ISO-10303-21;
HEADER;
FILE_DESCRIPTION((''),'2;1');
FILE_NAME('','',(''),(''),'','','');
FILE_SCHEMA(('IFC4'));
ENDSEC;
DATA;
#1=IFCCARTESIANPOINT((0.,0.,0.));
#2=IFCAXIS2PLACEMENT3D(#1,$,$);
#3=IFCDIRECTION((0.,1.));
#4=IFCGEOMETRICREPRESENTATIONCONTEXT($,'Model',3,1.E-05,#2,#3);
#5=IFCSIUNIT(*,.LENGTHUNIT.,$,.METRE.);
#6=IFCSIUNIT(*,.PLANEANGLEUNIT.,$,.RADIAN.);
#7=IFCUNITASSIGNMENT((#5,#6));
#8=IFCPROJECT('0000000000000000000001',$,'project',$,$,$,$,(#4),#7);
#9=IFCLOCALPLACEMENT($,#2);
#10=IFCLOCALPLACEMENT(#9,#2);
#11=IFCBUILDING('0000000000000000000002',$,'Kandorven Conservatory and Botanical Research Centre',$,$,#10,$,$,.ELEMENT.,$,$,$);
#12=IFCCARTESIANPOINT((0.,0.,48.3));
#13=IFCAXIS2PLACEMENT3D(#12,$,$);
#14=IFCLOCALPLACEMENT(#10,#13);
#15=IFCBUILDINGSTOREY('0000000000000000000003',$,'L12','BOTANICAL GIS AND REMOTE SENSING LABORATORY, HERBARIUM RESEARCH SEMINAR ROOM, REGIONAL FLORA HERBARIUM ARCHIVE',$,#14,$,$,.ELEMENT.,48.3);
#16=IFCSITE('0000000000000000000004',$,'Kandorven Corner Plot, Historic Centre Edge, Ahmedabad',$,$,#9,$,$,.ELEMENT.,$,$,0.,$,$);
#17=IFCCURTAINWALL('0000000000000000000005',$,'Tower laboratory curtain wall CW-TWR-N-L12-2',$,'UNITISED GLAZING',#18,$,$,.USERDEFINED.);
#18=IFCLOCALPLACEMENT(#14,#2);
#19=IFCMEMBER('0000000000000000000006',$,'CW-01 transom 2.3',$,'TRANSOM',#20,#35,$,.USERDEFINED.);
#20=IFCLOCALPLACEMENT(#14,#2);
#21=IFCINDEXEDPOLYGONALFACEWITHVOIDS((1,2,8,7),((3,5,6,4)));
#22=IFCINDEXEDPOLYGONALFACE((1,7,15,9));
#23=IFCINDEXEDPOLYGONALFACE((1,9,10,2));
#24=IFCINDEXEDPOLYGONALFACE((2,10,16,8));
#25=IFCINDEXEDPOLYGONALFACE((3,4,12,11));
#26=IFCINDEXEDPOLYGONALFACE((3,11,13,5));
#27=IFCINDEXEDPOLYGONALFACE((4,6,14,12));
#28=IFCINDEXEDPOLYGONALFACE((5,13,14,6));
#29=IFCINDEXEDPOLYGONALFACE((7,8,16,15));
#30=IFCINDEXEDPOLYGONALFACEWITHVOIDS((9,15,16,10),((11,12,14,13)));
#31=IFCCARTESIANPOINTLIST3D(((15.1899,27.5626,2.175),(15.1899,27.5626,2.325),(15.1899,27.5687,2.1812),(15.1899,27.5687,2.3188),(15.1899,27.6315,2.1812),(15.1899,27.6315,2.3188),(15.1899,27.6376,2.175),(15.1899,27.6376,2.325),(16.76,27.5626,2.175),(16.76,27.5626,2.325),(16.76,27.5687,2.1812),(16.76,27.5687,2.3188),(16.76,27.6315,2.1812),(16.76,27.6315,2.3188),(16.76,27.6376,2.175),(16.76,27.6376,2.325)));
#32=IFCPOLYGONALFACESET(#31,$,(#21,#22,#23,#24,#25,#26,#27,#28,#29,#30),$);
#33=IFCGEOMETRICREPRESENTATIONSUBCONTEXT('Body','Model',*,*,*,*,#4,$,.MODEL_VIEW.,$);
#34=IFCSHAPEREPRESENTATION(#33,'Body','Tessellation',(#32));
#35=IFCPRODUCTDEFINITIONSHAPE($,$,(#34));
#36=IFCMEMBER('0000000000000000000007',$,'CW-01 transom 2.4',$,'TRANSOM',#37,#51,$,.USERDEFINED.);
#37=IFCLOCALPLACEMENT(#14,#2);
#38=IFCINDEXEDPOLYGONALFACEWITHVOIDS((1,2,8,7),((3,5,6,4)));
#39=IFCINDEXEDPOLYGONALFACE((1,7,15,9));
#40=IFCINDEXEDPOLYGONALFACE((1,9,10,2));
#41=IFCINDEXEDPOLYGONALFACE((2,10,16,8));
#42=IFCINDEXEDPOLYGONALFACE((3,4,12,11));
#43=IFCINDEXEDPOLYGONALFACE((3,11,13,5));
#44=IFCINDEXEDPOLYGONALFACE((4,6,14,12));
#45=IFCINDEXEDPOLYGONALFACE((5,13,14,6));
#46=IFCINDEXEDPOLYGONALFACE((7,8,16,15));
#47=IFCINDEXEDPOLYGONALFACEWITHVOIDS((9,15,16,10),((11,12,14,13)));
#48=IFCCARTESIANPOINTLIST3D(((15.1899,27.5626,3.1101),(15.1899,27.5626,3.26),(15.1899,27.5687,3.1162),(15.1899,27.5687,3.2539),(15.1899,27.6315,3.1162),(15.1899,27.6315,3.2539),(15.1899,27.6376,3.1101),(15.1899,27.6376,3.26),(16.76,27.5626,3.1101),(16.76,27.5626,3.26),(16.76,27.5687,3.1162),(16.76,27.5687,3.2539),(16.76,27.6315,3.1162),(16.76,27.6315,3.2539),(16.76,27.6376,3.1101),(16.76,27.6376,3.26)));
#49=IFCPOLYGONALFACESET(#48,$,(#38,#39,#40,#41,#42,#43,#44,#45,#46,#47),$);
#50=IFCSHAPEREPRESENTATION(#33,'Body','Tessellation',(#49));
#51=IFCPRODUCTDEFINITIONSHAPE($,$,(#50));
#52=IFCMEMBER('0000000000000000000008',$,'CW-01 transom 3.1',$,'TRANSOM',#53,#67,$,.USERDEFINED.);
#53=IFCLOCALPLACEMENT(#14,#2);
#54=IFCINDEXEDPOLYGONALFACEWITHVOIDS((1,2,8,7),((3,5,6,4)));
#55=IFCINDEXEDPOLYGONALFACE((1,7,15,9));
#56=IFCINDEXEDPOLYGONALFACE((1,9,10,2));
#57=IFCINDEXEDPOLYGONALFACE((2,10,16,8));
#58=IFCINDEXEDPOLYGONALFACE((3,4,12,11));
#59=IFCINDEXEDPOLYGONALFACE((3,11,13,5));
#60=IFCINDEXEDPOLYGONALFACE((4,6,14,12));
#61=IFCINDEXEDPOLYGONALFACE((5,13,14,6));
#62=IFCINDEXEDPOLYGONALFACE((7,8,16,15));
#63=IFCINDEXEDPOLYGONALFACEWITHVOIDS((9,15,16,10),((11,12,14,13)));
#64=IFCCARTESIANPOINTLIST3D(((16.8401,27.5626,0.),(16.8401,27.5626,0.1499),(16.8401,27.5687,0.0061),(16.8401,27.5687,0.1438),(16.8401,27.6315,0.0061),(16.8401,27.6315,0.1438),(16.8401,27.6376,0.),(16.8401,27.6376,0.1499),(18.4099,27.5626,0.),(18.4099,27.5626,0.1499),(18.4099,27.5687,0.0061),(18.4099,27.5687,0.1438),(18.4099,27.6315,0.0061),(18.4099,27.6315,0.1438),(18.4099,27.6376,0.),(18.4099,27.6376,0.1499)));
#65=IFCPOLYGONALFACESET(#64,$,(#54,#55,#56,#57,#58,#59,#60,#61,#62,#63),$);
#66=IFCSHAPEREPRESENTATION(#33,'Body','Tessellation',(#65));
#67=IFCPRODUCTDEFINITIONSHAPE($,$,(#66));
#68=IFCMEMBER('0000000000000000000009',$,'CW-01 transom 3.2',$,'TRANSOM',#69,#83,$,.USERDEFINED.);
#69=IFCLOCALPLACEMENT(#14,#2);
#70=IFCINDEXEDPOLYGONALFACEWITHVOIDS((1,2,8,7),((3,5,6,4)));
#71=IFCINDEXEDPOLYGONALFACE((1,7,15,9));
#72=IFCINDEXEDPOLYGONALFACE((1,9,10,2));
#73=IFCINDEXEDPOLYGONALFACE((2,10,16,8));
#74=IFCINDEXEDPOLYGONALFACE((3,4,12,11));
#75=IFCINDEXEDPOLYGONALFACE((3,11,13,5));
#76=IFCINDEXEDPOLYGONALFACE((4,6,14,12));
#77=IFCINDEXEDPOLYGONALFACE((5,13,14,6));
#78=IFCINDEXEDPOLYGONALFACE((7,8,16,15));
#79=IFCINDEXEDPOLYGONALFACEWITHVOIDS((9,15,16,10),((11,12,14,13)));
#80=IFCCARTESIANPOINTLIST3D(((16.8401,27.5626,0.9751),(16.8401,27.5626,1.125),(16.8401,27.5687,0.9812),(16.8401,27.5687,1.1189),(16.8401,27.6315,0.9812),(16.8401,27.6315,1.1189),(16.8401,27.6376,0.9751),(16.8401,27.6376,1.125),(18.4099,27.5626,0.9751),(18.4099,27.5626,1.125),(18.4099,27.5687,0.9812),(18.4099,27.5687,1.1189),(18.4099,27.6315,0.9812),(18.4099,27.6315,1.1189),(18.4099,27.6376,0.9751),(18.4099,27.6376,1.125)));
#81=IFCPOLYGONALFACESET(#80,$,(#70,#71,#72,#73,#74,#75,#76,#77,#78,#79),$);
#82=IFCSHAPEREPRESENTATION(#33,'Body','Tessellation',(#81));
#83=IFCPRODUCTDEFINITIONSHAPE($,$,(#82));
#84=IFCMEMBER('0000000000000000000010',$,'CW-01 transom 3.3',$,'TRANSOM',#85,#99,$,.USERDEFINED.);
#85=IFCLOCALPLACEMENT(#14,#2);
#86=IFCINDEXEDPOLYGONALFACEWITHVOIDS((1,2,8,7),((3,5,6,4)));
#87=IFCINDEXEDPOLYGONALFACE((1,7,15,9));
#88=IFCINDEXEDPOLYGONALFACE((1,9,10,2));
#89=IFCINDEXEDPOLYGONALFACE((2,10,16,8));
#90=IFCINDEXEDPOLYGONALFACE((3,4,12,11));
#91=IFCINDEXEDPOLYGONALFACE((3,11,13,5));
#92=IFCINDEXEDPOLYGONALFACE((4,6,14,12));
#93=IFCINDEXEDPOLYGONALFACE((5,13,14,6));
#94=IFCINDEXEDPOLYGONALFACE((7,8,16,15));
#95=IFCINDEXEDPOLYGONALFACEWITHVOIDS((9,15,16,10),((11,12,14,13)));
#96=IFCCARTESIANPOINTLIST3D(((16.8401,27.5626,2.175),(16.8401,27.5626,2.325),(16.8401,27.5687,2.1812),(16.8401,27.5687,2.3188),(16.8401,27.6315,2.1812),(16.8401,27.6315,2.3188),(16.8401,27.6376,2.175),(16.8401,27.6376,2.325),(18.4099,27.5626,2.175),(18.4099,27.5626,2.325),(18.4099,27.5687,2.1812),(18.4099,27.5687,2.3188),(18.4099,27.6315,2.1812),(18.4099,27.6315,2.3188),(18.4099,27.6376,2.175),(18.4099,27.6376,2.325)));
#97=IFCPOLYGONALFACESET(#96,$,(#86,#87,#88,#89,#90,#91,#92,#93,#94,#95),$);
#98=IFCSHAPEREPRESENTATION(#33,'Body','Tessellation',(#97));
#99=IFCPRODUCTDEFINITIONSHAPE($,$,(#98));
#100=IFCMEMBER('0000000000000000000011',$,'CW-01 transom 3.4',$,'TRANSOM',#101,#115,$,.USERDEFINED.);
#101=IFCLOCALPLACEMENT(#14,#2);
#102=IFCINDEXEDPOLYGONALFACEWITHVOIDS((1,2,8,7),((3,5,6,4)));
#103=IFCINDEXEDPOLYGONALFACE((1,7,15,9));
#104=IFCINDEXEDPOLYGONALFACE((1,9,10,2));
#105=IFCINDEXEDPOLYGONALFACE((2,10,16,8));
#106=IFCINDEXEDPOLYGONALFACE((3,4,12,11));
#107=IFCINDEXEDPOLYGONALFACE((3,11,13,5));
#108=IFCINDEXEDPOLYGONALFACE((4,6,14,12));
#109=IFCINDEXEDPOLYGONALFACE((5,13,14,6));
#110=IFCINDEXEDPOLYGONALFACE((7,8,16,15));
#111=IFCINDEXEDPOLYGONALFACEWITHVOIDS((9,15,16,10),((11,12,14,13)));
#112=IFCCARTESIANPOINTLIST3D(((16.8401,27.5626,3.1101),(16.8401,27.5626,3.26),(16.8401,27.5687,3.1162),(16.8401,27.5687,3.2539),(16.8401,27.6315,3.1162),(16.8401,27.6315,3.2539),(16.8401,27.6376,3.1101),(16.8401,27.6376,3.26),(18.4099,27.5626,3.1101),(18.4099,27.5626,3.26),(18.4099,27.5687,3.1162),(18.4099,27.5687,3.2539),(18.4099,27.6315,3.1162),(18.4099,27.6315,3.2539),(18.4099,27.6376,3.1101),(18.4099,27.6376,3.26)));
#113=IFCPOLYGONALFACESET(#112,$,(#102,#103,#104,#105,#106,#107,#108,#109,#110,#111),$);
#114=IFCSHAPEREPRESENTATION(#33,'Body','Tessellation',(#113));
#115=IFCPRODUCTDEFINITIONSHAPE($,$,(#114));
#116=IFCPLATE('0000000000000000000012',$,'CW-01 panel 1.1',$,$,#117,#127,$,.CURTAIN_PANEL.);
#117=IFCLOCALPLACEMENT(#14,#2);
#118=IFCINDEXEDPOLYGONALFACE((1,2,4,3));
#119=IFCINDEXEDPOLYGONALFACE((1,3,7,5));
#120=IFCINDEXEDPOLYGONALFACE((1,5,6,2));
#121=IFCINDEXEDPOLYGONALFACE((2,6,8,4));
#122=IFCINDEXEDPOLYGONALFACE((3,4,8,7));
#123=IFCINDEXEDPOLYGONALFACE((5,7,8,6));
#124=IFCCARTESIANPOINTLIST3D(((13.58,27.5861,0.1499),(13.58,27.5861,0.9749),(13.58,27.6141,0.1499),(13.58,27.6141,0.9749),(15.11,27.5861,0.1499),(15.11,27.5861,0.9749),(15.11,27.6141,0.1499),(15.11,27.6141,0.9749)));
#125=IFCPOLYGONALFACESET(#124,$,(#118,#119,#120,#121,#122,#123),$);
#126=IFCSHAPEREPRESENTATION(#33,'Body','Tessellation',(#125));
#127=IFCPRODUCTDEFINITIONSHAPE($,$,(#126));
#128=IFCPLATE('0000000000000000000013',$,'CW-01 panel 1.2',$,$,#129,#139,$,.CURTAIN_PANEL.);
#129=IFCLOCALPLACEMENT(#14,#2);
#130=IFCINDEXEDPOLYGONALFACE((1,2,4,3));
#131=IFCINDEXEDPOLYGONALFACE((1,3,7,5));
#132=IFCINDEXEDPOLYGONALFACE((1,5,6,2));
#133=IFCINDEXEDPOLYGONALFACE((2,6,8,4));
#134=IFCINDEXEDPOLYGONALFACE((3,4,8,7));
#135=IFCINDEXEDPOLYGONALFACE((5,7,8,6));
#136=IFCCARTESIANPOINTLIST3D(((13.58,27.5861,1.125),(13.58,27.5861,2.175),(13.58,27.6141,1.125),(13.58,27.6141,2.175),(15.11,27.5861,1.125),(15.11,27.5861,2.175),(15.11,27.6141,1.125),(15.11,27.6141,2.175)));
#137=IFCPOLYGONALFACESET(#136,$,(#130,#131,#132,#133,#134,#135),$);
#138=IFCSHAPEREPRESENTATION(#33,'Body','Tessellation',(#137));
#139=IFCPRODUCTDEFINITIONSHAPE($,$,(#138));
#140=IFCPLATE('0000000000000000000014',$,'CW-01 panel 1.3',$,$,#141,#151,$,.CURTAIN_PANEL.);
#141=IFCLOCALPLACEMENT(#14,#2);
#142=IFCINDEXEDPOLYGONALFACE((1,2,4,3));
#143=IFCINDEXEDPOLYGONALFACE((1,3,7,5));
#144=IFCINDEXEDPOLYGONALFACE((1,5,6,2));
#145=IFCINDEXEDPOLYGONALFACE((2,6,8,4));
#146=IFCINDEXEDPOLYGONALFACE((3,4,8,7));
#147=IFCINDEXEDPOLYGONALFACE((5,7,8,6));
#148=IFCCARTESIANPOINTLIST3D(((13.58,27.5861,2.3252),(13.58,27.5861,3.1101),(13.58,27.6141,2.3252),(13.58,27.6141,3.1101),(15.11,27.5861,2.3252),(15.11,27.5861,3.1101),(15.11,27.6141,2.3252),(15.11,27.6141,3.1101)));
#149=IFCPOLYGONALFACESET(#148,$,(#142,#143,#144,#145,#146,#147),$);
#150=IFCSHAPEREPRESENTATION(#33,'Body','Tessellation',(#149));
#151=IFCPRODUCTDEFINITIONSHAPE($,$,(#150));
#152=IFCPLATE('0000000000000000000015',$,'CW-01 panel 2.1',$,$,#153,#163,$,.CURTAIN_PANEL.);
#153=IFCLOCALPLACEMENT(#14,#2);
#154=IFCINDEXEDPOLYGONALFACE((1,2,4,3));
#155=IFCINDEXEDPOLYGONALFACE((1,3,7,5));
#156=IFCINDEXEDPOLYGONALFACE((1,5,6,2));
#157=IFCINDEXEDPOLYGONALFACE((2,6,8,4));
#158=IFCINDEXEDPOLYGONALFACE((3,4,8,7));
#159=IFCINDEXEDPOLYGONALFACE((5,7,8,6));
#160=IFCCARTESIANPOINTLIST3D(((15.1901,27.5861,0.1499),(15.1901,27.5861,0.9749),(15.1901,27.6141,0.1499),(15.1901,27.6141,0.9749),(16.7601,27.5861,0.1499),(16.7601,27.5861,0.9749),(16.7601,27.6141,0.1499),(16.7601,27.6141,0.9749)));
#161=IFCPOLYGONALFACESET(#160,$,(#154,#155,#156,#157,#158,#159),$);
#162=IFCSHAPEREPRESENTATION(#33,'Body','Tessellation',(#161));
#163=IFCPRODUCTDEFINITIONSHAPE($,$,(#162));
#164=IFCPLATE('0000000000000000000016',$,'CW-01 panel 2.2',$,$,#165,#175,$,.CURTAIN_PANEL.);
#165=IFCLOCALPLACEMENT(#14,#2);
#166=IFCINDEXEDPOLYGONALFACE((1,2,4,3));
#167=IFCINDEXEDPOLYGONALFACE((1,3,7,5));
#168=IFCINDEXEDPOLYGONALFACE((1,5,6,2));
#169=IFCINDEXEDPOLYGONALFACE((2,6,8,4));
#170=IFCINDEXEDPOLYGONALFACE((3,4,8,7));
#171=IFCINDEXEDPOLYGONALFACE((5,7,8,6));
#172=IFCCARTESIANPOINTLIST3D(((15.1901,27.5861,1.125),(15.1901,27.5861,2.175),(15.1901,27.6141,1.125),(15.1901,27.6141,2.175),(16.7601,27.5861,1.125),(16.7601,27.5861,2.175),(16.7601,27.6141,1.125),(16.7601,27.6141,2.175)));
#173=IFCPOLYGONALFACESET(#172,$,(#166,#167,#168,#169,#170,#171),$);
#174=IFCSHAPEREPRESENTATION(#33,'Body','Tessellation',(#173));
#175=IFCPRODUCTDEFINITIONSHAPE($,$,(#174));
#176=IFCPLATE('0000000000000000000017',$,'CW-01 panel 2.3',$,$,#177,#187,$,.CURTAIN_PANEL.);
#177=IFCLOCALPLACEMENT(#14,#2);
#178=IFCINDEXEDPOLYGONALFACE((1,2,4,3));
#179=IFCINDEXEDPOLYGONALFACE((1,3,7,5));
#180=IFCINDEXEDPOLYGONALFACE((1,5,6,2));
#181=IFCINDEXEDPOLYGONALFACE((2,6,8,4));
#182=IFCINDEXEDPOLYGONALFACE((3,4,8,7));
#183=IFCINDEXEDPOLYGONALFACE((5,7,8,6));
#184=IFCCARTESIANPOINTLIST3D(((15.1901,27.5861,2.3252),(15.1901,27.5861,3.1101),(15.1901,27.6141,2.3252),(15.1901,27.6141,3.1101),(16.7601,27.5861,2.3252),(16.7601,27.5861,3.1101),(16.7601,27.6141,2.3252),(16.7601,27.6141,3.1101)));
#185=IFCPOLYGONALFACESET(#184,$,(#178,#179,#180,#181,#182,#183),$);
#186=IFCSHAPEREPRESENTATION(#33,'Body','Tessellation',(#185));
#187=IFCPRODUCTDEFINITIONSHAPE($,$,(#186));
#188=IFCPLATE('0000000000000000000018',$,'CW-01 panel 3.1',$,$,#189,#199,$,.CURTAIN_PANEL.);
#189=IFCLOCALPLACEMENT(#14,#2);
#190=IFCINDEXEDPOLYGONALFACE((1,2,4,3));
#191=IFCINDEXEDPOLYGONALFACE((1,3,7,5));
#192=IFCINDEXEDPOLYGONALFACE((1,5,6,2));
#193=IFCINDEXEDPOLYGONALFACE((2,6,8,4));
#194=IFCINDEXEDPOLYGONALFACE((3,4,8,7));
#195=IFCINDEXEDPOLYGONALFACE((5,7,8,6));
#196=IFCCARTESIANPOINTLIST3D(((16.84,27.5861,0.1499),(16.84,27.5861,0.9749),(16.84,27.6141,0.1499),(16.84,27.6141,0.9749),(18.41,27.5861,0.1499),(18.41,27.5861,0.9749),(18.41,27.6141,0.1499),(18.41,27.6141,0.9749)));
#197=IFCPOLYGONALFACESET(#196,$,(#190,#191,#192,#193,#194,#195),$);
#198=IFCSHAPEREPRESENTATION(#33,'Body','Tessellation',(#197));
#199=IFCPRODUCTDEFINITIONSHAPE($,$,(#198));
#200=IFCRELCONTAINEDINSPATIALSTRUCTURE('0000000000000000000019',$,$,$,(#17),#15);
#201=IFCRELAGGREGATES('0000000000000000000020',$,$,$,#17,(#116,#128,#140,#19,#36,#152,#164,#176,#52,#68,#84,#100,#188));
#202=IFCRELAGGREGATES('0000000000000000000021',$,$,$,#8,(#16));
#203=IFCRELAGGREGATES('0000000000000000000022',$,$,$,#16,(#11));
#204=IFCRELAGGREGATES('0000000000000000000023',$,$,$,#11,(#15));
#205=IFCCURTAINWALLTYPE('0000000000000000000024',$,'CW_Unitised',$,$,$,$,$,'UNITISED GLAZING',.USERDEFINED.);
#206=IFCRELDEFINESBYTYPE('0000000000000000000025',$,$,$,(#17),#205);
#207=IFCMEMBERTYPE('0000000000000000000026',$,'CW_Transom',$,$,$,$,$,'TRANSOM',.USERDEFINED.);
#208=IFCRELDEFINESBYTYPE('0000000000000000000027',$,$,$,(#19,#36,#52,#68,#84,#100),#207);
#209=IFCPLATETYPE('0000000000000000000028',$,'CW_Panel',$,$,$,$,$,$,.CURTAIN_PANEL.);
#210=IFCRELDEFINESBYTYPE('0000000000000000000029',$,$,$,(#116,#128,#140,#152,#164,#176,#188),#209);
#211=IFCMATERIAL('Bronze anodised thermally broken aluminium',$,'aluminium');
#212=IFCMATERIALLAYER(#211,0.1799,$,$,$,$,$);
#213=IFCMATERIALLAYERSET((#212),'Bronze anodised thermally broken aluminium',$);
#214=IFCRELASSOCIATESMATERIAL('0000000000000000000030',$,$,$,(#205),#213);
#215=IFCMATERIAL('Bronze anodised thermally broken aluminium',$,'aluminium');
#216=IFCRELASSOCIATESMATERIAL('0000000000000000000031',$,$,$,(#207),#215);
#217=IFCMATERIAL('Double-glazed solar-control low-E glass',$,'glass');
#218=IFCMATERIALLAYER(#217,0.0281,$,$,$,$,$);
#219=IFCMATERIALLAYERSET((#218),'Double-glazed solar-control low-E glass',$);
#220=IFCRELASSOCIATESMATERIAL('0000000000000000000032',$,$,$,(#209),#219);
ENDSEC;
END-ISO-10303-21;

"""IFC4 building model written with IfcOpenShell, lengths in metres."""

from ifc_helpers import new_model, si_unit, direction, frame, origin, origin_2d, place, context, subcontext, project, spatial, rectangle, hollow_rectangle, extrude, material, layer, layer_set, material_profile, profile_set, type_object, element, aggregate, save


model = new_model("IFC4")

# Units and contexts
model_context = context("Model", 3, precision=1e-05, world=origin(), true_north=direction((0.0, 1.0)))
body_context = subcontext(model_context, "Body", "Model", "MODEL_VIEW")
ifc_project = project(units=[si_unit("LENGTHUNIT", "METRE"), si_unit("PLANEANGLEUNIT", "RADIAN")], contexts=[model_context])

# Site, building, storey
site_placement = place(None, origin())
site = spatial("IfcSite", under=ifc_project, at=site_placement, Name="Kandorven Corner Plot, Historic Centre Edge, Ahmedabad", CompositionType="ELEMENT", RefElevation=0.0)
building_placement = place(site_placement, origin())
building = spatial("IfcBuilding", under=site, at=building_placement, Name="Kandorven Conservatory and Botanical Research Centre", CompositionType="ELEMENT")
storey_placement = place(building_placement, frame((0.0, 0.0, 48.3)))
storey = spatial("IfcBuildingStorey", under=building, at=storey_placement, Name="L12", Description="BOTANICAL GIS AND REMOTE SENSING LABORATORY, HERBARIUM RESEARCH SEMINAR ROOM, REGIONAL FLORA HERBARIUM ARCHIVE", CompositionType="ELEMENT", Elevation=48.3)

# Curtain wall, members, plates
ifc_material_1 = material(Name="Bronze anodised thermally broken aluminium", Category="aluminium")
ifc_layer_1 = layer(ifc_material_1, 0.1799)
ifc_layer_set_1 = layer_set([ifc_layer_1], Name="Bronze anodised thermally broken aluminium")
curtain_wall_type = type_object("IfcCurtainWallType", Name="CW_Unitised", ElementType="UNITISED GLAZING", PredefinedType="USERDEFINED", material=ifc_layer_set_1)
curtain_wall_placement = place(storey_placement, origin())
curtain_wall = element("IfcCurtainWall", 1, at=curtain_wall_placement, inside=storey, type_object=curtain_wall_type, Name="Tower laboratory curtain wall CW-TWR-N-L12-2", ObjectType="UNITISED GLAZING", PredefinedType="USERDEFINED")
ifc_material_2 = material(Name="Bronze anodised thermally broken aluminium", Category="aluminium")
ifc_material_profile_1 = material_profile(ifc_material_2, hollow_rectangle(XDim=0.075, YDim=0.1499, WallThickness=0.0061, at=origin_2d()))
ifc_profile_set_1 = profile_set([ifc_material_profile_1], Name="Bronze anodised thermally broken aluminium")
member_type_1 = type_object("IfcMemberType", Name="CW_Transom", ElementType="TRANSOM", PredefinedType="USERDEFINED", material=ifc_profile_set_1)
member_1_placement = place(storey_placement, frame((15.1899, 27.6001, 2.25), z_axis=(1.0, 0.0, 0.0), x_axis=(0.0, 1.0, 0.0)))
member_1 = element("IfcMember", 2, at=member_1_placement, type_object=member_type_1, Name="CW-01 transom 2.3", ObjectType="TRANSOM", PredefinedType="USERDEFINED", context=body_context, shape_type="SweptSolid", body=[
    extrude(hollow_rectangle(XDim=0.075, YDim=0.1499, WallThickness=0.0061, at=origin_2d()), origin(), (0.0, 0.0, 1.0), 1.5701),
])
member_2_placement = place(storey_placement, frame((15.1899, 27.6001, 3.1851), z_axis=(1.0, 0.0, 0.0), x_axis=(0.0, 1.0, 0.0)))
member_2 = element("IfcMember", 3, at=member_2_placement, type_object=member_type_1, Name="CW-01 transom 2.4", ObjectType="TRANSOM", PredefinedType="USERDEFINED", context=body_context, shape_type="SweptSolid", body=[
    extrude(hollow_rectangle(XDim=0.075, YDim=0.1499, WallThickness=0.0061, at=origin_2d()), origin(), (0.0, 0.0, 1.0), 1.5701),
])
member_3_placement = place(storey_placement, frame((16.8401, 27.6001, 0.075), z_axis=(1.0, 0.0, 0.0), x_axis=(0.0, 1.0, 0.0)))
member_3 = element("IfcMember", 4, at=member_3_placement, type_object=member_type_1, Name="CW-01 transom 3.1", ObjectType="TRANSOM", PredefinedType="USERDEFINED", context=body_context, shape_type="SweptSolid", body=[
    extrude(hollow_rectangle(XDim=0.075, YDim=0.1499, WallThickness=0.0061, at=origin_2d()), origin(), (0.0, 0.0, 1.0), 1.5698),
])
member_4_placement = place(storey_placement, frame((16.8401, 27.6001, 1.05), z_axis=(1.0, 0.0, 0.0), x_axis=(0.0, 1.0, 0.0)))
member_4 = element("IfcMember", 5, at=member_4_placement, type_object=member_type_1, Name="CW-01 transom 3.2", ObjectType="TRANSOM", PredefinedType="USERDEFINED", context=body_context, shape_type="SweptSolid", body=[
    extrude(hollow_rectangle(XDim=0.075, YDim=0.1499, WallThickness=0.0061, at=origin_2d()), origin(), (0.0, 0.0, 1.0), 1.5698),
])
member_5_placement = place(storey_placement, frame((16.8401, 27.6001, 2.25), z_axis=(1.0, 0.0, 0.0), x_axis=(0.0, 1.0, 0.0)))
member_5 = element("IfcMember", 6, at=member_5_placement, type_object=member_type_1, Name="CW-01 transom 3.3", ObjectType="TRANSOM", PredefinedType="USERDEFINED", context=body_context, shape_type="SweptSolid", body=[
    extrude(hollow_rectangle(XDim=0.075, YDim=0.1499, WallThickness=0.0061, at=origin_2d()), origin(), (0.0, 0.0, 1.0), 1.5698),
])
member_6_placement = place(storey_placement, frame((16.8401, 27.6001, 3.1851), z_axis=(1.0, 0.0, 0.0), x_axis=(0.0, 1.0, 0.0)))
member_6 = element("IfcMember", 7, at=member_6_placement, type_object=member_type_1, Name="CW-01 transom 3.4", ObjectType="TRANSOM", PredefinedType="USERDEFINED", context=body_context, shape_type="SweptSolid", body=[
    extrude(hollow_rectangle(XDim=0.075, YDim=0.1499, WallThickness=0.0061, at=origin_2d()), origin(), (0.0, 0.0, 1.0), 1.5698),
])
ifc_material_3 = material(Name="Double-glazed solar-control low-E glass", Category="glass")
ifc_layer_2 = layer(ifc_material_3, 0.0281)
ifc_layer_set_2 = layer_set([ifc_layer_2], Name="Double-glazed solar-control low-E glass")
plate_type = type_object("IfcPlateType", Name="CW_Panel", PredefinedType="CURTAIN_PANEL", material=ifc_layer_set_2)
plate_1_placement = place(storey_placement, frame((14.345, 27.6001, 0.1499), z_axis=(0.0, 0.0, 1.0), x_axis=(1.0, 0.0, 0.0)))
plate_1 = element("IfcPlate", 8, at=plate_1_placement, type_object=plate_type, Name="CW-01 panel 1.1", PredefinedType="CURTAIN_PANEL", context=body_context, shape_type="SweptSolid", body=[
    extrude(rectangle(XDim=1.53, YDim=0.0281, at=origin_2d()), origin(), (0.0, 0.0, 1.0), 0.825),
])
plate_2_placement = place(storey_placement, frame((14.345, 27.6001, 1.125), z_axis=(0.0, 0.0, 1.0), x_axis=(1.0, 0.0, 0.0)))
plate_2 = element("IfcPlate", 9, at=plate_2_placement, type_object=plate_type, Name="CW-01 panel 1.2", PredefinedType="CURTAIN_PANEL", context=body_context, shape_type="SweptSolid", body=[
    extrude(rectangle(XDim=1.53, YDim=0.0281, at=origin_2d()), origin(), (0.0, 0.0, 1.0), 1.05),
])
plate_3_placement = place(storey_placement, frame((14.345, 27.6001, 2.3252), z_axis=(0.0, 0.0, 1.0), x_axis=(1.0, 0.0, 0.0)))
plate_3 = element("IfcPlate", 10, at=plate_3_placement, type_object=plate_type, Name="CW-01 panel 1.3", PredefinedType="CURTAIN_PANEL", context=body_context, shape_type="SweptSolid", body=[
    extrude(rectangle(XDim=1.53, YDim=0.0281, at=origin_2d()), origin(), (0.0, 0.0, 1.0), 0.7849),
])
plate_4_placement = place(storey_placement, frame((15.9751, 27.6001, 0.1499), z_axis=(0.0, 0.0, 1.0), x_axis=(1.0, 0.0, 0.0)))
plate_4 = element("IfcPlate", 11, at=plate_4_placement, type_object=plate_type, Name="CW-01 panel 2.1", PredefinedType="CURTAIN_PANEL", context=body_context, shape_type="SweptSolid", body=[
    extrude(rectangle(XDim=1.5701, YDim=0.0281, at=origin_2d()), origin(), (0.0, 0.0, 1.0), 0.825),
])
plate_5_placement = place(storey_placement, frame((15.9751, 27.6001, 1.125), z_axis=(0.0, 0.0, 1.0), x_axis=(1.0, 0.0, 0.0)))
plate_5 = element("IfcPlate", 12, at=plate_5_placement, type_object=plate_type, Name="CW-01 panel 2.2", PredefinedType="CURTAIN_PANEL", context=body_context, shape_type="SweptSolid", body=[
    extrude(rectangle(XDim=1.5701, YDim=0.0281, at=origin_2d()), origin(), (0.0, 0.0, 1.0), 1.05),
])
plate_6_placement = place(storey_placement, frame((15.9751, 27.6001, 2.3252), z_axis=(0.0, 0.0, 1.0), x_axis=(1.0, 0.0, 0.0)))
plate_6 = element("IfcPlate", 13, at=plate_6_placement, type_object=plate_type, Name="CW-01 panel 2.3", PredefinedType="CURTAIN_PANEL", context=body_context, shape_type="SweptSolid", body=[
    extrude(rectangle(XDim=1.5701, YDim=0.0281, at=origin_2d()), origin(), (0.0, 0.0, 1.0), 0.7849),
])
plate_7_placement = place(storey_placement, frame((17.625, 27.6001, 0.1499), z_axis=(0.0, 0.0, 1.0), x_axis=(1.0, 0.0, 0.0)))
plate_7 = element("IfcPlate", 14, at=plate_7_placement, type_object=plate_type, Name="CW-01 panel 3.1", PredefinedType="CURTAIN_PANEL", context=body_context, shape_type="SweptSolid", body=[
    extrude(rectangle(XDim=1.5701, YDim=0.0281, at=origin_2d()), origin(), (0.0, 0.0, 1.0), 0.825),
])
aggregate(curtain_wall, [plate_1, plate_2, plate_3, member_1, member_2, plate_4, plate_5, plate_6, member_3, member_4, member_5, member_6, plate_7])

save(model, "model.ifc")
